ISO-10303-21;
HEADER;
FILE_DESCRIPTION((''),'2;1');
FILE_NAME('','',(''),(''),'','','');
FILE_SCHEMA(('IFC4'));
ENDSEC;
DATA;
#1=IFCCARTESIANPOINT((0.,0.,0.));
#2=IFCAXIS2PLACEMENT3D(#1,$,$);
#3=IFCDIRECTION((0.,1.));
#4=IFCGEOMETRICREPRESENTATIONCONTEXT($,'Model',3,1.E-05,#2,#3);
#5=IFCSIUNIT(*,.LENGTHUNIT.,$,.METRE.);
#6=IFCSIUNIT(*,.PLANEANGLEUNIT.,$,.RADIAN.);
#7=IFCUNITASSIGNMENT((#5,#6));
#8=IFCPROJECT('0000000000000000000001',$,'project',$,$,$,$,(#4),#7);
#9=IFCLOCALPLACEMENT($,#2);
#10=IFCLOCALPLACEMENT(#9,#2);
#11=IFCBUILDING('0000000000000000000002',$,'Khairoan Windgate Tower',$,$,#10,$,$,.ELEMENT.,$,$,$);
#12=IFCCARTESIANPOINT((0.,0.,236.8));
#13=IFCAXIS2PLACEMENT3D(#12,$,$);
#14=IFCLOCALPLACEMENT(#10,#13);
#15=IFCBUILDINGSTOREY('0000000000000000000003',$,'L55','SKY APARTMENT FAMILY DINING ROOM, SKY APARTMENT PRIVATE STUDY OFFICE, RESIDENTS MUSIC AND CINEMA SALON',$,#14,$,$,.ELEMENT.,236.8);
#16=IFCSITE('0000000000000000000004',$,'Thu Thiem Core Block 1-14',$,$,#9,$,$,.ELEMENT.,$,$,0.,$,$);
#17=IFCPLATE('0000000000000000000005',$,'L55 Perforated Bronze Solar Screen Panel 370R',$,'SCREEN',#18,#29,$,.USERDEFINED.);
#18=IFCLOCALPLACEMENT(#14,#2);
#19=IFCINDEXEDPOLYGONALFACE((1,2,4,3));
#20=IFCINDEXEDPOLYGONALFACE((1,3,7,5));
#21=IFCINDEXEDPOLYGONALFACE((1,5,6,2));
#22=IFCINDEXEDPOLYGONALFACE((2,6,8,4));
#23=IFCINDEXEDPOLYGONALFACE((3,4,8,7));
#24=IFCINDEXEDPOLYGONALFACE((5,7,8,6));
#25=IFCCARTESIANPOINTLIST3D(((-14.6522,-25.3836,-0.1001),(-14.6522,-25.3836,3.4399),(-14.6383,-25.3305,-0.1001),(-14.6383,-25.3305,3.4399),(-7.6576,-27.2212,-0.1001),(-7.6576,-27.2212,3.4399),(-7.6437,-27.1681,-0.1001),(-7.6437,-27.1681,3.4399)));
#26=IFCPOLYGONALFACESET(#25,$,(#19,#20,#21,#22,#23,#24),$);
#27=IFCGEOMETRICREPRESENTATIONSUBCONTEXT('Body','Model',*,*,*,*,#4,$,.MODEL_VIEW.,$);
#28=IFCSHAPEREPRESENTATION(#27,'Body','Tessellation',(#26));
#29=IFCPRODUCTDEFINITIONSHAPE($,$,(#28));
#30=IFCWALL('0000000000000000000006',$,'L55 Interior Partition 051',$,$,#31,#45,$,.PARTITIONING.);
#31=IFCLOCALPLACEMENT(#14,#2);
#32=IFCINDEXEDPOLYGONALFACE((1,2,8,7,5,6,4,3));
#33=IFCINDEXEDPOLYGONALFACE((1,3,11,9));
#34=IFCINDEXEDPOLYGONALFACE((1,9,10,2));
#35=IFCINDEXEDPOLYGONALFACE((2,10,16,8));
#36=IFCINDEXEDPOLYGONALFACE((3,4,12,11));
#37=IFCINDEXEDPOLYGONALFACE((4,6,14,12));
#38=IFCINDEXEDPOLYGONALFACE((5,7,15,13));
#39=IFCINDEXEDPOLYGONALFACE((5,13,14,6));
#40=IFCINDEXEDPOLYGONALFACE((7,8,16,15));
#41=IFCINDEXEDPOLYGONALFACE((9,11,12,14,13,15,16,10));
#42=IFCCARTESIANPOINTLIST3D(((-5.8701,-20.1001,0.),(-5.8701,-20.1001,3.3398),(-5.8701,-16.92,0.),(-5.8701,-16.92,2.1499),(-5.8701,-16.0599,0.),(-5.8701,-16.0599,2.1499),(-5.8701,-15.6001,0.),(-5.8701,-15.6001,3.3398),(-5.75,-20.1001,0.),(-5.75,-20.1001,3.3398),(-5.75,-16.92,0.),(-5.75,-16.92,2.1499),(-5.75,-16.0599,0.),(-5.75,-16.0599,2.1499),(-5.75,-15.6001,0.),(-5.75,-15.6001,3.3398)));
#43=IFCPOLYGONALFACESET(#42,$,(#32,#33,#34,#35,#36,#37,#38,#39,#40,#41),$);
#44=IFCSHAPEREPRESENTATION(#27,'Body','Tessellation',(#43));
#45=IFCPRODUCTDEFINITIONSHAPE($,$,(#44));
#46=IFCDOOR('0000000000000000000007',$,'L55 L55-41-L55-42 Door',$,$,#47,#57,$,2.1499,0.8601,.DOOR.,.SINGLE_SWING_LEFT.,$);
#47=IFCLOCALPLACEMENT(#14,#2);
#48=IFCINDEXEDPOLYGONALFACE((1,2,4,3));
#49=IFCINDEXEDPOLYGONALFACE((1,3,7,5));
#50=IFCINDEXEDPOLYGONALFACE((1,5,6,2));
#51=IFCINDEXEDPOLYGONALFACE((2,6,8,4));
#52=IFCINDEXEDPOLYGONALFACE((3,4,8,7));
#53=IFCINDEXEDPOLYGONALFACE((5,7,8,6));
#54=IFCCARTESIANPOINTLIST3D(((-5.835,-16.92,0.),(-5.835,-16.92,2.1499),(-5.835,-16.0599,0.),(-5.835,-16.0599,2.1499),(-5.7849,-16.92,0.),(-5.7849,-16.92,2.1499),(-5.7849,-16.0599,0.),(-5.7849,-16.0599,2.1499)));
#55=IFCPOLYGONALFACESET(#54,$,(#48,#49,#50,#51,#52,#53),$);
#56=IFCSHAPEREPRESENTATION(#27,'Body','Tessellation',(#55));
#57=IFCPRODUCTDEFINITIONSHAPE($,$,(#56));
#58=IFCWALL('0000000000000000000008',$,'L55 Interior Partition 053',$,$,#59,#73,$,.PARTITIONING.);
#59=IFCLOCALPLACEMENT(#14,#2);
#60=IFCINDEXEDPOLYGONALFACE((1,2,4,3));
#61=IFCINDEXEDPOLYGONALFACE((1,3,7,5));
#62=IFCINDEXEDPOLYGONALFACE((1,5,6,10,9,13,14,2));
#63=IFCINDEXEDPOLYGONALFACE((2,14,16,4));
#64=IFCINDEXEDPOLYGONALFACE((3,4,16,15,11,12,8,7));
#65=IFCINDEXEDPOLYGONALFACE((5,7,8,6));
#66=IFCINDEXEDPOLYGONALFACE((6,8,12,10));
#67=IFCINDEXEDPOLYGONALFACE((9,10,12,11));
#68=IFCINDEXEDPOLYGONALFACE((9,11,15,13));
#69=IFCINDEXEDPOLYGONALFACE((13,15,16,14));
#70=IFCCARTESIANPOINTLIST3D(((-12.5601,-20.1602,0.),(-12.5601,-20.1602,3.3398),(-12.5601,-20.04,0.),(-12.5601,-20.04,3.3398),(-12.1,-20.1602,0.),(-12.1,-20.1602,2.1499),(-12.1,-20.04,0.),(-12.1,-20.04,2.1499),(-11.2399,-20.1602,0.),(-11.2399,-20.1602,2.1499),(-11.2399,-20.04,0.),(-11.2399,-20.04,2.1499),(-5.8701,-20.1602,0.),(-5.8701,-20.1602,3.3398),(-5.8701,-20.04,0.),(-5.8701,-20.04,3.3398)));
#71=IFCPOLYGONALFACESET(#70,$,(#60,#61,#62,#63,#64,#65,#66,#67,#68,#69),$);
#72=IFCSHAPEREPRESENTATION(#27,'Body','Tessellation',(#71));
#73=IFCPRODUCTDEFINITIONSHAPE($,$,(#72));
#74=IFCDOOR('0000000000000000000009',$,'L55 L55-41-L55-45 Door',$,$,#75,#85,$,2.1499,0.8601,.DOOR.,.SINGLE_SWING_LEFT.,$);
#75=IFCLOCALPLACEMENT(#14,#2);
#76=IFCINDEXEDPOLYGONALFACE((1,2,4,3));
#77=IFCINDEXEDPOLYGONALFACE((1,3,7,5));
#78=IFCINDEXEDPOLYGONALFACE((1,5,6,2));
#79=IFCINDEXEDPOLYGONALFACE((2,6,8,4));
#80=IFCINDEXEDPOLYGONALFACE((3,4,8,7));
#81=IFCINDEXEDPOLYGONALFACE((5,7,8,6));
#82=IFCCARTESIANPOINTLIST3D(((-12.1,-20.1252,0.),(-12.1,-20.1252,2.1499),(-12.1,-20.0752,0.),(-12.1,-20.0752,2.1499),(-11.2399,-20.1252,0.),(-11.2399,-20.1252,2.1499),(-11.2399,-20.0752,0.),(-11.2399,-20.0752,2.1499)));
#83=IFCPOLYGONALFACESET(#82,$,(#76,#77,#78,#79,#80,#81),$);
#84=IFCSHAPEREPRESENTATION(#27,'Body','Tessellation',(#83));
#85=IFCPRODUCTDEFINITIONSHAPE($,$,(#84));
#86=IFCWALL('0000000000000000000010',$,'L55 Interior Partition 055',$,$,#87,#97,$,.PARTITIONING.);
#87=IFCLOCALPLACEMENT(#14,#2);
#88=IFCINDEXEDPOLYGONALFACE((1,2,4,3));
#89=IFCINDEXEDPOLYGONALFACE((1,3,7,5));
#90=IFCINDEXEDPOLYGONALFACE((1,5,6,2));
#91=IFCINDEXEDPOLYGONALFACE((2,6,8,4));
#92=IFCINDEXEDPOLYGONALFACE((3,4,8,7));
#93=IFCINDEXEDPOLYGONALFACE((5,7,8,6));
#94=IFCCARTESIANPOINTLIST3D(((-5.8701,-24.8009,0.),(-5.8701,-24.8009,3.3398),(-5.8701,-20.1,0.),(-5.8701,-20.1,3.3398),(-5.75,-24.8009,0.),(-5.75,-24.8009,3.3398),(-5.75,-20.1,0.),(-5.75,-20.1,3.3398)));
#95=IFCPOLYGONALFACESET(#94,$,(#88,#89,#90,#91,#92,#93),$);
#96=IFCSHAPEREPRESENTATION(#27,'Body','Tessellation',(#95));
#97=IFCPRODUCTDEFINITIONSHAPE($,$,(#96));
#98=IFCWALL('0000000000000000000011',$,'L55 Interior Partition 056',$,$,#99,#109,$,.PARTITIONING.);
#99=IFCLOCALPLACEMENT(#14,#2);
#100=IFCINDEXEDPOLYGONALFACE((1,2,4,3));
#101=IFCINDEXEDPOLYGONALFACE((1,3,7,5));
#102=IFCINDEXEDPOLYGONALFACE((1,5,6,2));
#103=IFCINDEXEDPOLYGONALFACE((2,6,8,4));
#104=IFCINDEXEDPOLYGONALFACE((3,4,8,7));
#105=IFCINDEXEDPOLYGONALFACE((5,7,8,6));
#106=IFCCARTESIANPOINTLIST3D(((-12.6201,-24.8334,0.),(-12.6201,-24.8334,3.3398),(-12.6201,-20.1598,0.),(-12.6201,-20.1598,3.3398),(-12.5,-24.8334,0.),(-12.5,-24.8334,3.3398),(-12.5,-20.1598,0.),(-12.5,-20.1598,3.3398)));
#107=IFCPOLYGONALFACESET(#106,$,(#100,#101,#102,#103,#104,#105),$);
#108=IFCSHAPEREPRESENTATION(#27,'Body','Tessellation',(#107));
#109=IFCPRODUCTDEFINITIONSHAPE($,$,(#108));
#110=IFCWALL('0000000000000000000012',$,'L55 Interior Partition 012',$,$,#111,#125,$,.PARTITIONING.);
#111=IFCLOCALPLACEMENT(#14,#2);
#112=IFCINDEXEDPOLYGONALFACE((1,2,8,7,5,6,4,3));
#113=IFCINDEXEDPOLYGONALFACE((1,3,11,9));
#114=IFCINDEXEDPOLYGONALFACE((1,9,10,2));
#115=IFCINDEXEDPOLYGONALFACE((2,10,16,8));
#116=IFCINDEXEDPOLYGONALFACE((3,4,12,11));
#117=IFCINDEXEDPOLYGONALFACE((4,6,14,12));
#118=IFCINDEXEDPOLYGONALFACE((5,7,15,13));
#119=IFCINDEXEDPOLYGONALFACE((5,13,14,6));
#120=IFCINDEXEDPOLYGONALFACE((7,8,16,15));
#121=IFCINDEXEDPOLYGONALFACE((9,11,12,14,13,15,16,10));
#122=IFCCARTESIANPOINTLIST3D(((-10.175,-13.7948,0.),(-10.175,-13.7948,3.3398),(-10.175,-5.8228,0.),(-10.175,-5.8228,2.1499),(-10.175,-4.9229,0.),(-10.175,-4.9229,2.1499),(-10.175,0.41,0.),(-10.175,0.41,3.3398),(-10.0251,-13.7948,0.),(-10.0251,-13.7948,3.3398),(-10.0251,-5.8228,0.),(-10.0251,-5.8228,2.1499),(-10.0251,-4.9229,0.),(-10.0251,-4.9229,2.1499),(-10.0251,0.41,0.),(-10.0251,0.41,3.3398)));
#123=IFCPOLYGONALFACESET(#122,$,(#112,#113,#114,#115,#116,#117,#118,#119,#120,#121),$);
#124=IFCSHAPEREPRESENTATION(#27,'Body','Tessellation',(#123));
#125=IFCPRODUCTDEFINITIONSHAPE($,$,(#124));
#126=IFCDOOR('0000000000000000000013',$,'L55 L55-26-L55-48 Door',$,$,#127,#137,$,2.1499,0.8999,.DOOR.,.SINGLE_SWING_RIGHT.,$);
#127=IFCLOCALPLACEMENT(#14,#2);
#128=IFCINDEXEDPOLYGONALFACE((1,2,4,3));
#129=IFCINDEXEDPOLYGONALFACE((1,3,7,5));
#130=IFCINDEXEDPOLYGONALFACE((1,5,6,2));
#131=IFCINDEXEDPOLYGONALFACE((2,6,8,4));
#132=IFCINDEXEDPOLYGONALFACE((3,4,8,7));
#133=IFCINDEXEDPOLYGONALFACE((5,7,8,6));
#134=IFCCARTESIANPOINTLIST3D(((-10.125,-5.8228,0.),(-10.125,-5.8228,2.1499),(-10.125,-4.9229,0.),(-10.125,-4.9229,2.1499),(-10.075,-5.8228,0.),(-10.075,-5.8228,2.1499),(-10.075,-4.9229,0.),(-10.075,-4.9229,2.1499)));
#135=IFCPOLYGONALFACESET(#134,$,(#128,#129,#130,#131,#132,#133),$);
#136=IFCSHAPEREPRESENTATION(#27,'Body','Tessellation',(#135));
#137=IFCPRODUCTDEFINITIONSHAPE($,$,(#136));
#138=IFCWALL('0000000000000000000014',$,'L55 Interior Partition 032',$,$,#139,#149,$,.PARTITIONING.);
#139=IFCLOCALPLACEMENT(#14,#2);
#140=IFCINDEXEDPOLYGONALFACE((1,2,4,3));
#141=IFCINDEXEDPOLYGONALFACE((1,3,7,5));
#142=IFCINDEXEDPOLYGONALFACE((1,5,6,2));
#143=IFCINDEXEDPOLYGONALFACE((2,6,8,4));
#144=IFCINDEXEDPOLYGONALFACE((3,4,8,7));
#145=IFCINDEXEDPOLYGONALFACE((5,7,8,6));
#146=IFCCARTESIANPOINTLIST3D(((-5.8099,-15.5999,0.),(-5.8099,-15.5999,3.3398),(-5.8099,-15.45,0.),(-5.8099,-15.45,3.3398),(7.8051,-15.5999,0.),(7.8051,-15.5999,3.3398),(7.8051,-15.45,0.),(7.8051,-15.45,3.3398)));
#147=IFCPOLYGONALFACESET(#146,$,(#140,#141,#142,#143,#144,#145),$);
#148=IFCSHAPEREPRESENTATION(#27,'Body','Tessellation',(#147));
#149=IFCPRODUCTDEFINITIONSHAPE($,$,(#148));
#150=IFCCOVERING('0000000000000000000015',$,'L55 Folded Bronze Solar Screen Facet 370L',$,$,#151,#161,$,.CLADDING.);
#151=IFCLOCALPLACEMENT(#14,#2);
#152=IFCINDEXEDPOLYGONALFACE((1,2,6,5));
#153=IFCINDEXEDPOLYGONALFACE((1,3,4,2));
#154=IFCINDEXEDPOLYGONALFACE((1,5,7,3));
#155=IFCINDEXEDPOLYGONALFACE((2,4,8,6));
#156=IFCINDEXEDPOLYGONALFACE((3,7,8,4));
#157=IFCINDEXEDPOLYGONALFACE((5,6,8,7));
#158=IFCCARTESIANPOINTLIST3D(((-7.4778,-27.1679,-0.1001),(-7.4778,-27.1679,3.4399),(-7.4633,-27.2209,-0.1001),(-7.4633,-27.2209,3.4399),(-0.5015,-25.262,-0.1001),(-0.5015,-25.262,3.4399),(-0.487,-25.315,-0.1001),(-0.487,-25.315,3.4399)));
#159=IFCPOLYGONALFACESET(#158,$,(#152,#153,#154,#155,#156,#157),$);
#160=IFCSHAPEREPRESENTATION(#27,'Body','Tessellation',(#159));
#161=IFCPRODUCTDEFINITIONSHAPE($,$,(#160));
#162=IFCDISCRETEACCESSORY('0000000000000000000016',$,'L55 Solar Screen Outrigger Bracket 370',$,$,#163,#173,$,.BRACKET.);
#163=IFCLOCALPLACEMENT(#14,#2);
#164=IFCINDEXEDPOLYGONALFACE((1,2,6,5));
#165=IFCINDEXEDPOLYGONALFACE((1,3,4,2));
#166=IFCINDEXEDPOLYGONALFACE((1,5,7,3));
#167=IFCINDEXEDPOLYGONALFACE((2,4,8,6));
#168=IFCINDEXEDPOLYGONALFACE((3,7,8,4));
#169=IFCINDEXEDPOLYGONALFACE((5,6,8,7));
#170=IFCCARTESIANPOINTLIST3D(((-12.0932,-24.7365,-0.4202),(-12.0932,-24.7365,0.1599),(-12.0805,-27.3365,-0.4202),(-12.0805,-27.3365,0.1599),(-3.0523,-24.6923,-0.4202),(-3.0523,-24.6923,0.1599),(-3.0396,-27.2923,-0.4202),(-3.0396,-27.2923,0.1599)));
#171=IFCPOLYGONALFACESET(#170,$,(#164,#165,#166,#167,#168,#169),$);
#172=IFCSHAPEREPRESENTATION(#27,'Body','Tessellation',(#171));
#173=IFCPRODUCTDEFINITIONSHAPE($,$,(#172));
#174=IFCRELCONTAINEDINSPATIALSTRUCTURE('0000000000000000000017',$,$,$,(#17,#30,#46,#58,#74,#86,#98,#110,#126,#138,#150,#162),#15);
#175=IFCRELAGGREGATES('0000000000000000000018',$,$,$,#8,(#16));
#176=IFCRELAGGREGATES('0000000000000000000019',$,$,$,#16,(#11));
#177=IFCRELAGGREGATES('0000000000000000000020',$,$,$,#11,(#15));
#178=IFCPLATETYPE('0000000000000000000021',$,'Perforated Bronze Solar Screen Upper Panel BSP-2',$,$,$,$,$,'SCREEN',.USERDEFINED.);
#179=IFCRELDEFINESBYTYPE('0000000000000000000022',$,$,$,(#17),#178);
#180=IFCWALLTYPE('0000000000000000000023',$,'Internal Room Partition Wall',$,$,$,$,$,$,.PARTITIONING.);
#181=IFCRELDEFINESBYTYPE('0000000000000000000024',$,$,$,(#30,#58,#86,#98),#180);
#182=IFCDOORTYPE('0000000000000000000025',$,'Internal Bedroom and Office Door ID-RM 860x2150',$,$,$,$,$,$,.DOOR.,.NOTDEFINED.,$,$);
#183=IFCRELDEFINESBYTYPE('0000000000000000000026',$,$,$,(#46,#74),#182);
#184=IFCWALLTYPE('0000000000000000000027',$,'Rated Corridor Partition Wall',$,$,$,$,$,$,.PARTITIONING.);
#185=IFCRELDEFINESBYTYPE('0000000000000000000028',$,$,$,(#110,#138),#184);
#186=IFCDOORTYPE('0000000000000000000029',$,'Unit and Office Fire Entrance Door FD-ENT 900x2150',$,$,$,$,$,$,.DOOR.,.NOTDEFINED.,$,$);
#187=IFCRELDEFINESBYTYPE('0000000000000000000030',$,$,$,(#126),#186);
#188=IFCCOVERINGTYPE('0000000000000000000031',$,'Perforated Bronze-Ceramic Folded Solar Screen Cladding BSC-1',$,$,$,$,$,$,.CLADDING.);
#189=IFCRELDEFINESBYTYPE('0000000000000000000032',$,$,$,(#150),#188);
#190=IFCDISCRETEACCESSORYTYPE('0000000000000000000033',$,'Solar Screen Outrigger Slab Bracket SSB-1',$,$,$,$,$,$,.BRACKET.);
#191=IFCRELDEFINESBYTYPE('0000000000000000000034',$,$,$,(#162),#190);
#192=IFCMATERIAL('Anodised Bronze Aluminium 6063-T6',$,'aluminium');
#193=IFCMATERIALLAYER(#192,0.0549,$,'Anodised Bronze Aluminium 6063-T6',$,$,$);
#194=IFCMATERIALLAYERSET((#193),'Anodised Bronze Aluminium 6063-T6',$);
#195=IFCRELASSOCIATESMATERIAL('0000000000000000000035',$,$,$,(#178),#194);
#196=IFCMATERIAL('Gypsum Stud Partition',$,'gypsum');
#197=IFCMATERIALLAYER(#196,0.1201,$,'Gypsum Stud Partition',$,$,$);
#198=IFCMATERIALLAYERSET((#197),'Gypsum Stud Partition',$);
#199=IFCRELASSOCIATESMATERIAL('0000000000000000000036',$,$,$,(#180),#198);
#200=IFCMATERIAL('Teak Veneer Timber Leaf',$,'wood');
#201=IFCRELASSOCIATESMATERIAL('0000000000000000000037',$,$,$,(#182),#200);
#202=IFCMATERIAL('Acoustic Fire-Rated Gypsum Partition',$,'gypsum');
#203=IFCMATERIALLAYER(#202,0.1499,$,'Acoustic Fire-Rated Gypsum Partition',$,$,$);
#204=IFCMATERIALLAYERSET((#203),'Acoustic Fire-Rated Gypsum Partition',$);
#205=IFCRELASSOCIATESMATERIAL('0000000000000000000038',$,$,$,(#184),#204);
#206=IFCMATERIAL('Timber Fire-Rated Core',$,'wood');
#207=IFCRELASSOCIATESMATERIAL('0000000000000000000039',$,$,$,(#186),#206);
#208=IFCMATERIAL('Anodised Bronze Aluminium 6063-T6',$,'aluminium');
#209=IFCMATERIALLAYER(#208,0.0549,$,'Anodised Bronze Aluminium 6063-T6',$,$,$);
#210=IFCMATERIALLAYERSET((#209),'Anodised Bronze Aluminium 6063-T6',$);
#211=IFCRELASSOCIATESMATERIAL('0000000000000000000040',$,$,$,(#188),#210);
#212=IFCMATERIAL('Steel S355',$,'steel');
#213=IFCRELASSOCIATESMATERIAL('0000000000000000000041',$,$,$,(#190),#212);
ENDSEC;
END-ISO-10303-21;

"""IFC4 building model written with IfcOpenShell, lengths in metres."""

from ifc_helpers import new_model, si_unit, direction, frame, frame_2d, origin, origin_2d, place, context, subcontext, project, spatial, rectangle, extrude, material, layer, layer_set, type_object, element, fill, save


model = new_model("IFC4")

# Units and contexts
model_context = context("Model", 3, precision=1e-05, world=origin(), true_north=direction((0.0, 1.0)))
body_context = subcontext(model_context, "Body", "Model", "MODEL_VIEW")
ifc_project = project(units=[si_unit("LENGTHUNIT", "METRE"), si_unit("PLANEANGLEUNIT", "RADIAN")], contexts=[model_context])

# Site, building, storey
site_placement = place(None, origin())
site = spatial("IfcSite", under=ifc_project, at=site_placement, Name="Thu Thiem Core Block 1-14", CompositionType="ELEMENT", RefElevation=0.0)
building_placement = place(site_placement, origin())
building = spatial("IfcBuilding", under=site, at=building_placement, Name="Khairoan Windgate Tower", CompositionType="ELEMENT")
storey_placement = place(building_placement, frame((0.0, 0.0, 236.8)))
storey = spatial("IfcBuildingStorey", under=building, at=storey_placement, Name="L55", Description="SKY APARTMENT FAMILY DINING ROOM, SKY APARTMENT PRIVATE STUDY OFFICE, RESIDENTS MUSIC AND CINEMA SALON", CompositionType="ELEMENT", Elevation=236.8)

# Plate
ifc_material_1 = material(Name="Anodised Bronze Aluminium 6063-T6", Category="aluminium")
ifc_layer_1 = layer(ifc_material_1, 0.0549, Name="Anodised Bronze Aluminium 6063-T6")
ifc_layer_set_1 = layer_set([ifc_layer_1], Name="Anodised Bronze Aluminium 6063-T6")
plate_type = type_object("IfcPlateType", Name="Perforated Bronze Solar Screen Upper Panel BSP-2", ElementType="SCREEN", PredefinedType="USERDEFINED", material=ifc_layer_set_1)
plate_placement = place(storey_placement, frame((-11.1479, -26.2759, -0.1001), z_axis=(0.0, 0.0, 1.0), x_axis=(-0.967179, 0.254096, 0.0)))
element("IfcPlate", 1, at=plate_placement, inside=storey, type_object=plate_type, Name="L55 Perforated Bronze Solar Screen Panel 370R", ObjectType="SCREEN", PredefinedType="USERDEFINED", context=body_context, shape_type="SweptSolid", body=[
    extrude(rectangle(XDim=7.2319, YDim=0.0549, at=origin_2d()), origin(), (0.0, 0.0, 1.0), 3.54),
])

# Walls, openings, doors
ifc_material_2 = material(Name="Gypsum Stud Partition", Category="gypsum")
ifc_layer_2 = layer(ifc_material_2, 0.1201, Name="Gypsum Stud Partition")
ifc_layer_set_2 = layer_set([ifc_layer_2], Name="Gypsum Stud Partition")
wall_type_1 = type_object("IfcWallType", Name="Internal Room Partition Wall", PredefinedType="PARTITIONING", material=ifc_layer_set_2)
wall_1_placement = place(storey_placement, frame((-5.8101, -20.1001, 0.0), z_axis=(0.0, 0.0, 1.0), x_axis=(0.0, 1.0, 0.0)))
wall_1 = element("IfcWall", 2, at=wall_1_placement, inside=storey, type_object=wall_type_1, Name="L55 Interior Partition 051", PredefinedType="PARTITIONING", context=body_context, shape_type="SweptSolid", body=[
    extrude(rectangle(XDim=4.5, YDim=0.1201, at=frame_2d((2.25, 0.0))), origin(), (0.0, 0.0, 1.0), 3.3398),
])
opening_1_placement = place(wall_1_placement, frame((3.1799, 0.0, 0.0)))
opening_1 = element("IfcOpeningElement", 3, at=opening_1_placement, cuts=wall_1, PredefinedType="OPENING", context=body_context, shape_type="SweptSolid", body=[
    extrude(rectangle(XDim=0.8601, YDim=2.1499, at=frame_2d((0.4302, 1.075))), frame((0.0, 0.0701, 0.0), z_axis=(0.0, -1.0, 0.0), x_axis=(1.0, 0.0, 0.0)), (0.0, 0.0, 1.0), 0.1401),
])
ifc_material_3 = material(Name="Teak Veneer Timber Leaf", Category="wood")
door_type_1 = type_object("IfcDoorType", Name="Internal Bedroom and Office Door ID-RM 860x2150", OperationType="NOTDEFINED", PredefinedType="DOOR", material=ifc_material_3)
door_1_placement = place(opening_1_placement, origin())
door_1 = element("IfcDoor", 4, at=door_1_placement, inside=storey, type_object=door_type_1, Name="L55 L55-41-L55-42 Door", OperationType="SINGLE_SWING_LEFT", OverallHeight=2.1499, OverallWidth=0.8601, PredefinedType="DOOR", context=body_context, shape_type="SweptSolid", body=[
    extrude(rectangle(XDim=0.8601, YDim=2.1499, at=frame_2d((0.4302, 1.075))), frame((0.0, 0.0249, 0.0), z_axis=(0.0, -1.0, 0.0), x_axis=(1.0, 0.0, 0.0)), (0.0, 0.0, 1.0), 0.05),
])
fill(opening_1, door_1)
wall_2_placement = place(storey_placement, frame((-12.5601, -20.1001, 0.0), z_axis=(0.0, 0.0, 1.0), x_axis=(1.0, 0.0, 0.0)))
wall_2 = element("IfcWall", 5, at=wall_2_placement, inside=storey, type_object=wall_type_1, Name="L55 Interior Partition 053", PredefinedType="PARTITIONING", context=body_context, shape_type="SweptSolid", body=[
    extrude(rectangle(XDim=6.6899, YDim=0.1201, at=frame_2d((3.345, 0.0))), origin(), (0.0, 0.0, 1.0), 3.3398),
])
opening_2_placement = place(wall_2_placement, frame((0.46, 0.0, 0.0)))
opening_2 = element("IfcOpeningElement", 6, at=opening_2_placement, cuts=wall_2, PredefinedType="OPENING", context=body_context, shape_type="SweptSolid", body=[
    extrude(rectangle(XDim=0.8601, YDim=2.1499, at=frame_2d((0.4302, 1.075))), frame((0.0, 0.0701, 0.0), z_axis=(0.0, -1.0, 0.0), x_axis=(1.0, 0.0, 0.0)), (0.0, 0.0, 1.0), 0.1401),
])
door_2_placement = place(opening_2_placement, origin())
door_2 = element("IfcDoor", 7, at=door_2_placement, inside=storey, type_object=door_type_1, Name="L55 L55-41-L55-45 Door", OperationType="SINGLE_SWING_LEFT", OverallHeight=2.1499, OverallWidth=0.8601, PredefinedType="DOOR", context=body_context, shape_type="SweptSolid", body=[
    extrude(rectangle(XDim=0.8601, YDim=2.1499, at=frame_2d((0.4302, 1.075))), frame((0.0, 0.0249, 0.0), z_axis=(0.0, -1.0, 0.0), x_axis=(1.0, 0.0, 0.0)), (0.0, 0.0, 1.0), 0.05),
])
fill(opening_2, door_2)

# Walls
wall_3_placement = place(storey_placement, frame((-5.8101, -24.801, 0.0), z_axis=(0.0, 0.0, 1.0), x_axis=(0.0, 1.0, 0.0)))
element("IfcWall", 8, at=wall_3_placement, inside=storey, type_object=wall_type_1, Name="L55 Interior Partition 055", PredefinedType="PARTITIONING", context=body_context, shape_type="SweptSolid", body=[
    extrude(rectangle(XDim=4.7009, YDim=0.1201, at=frame_2d((2.3506, 0.0))), origin(), (0.0, 0.0, 1.0), 3.3398),
])
wall_4_placement = place(storey_placement, frame((-12.5601, -24.8335, 0.0), z_axis=(0.0, 0.0, 1.0), x_axis=(0.0, 1.0, 0.0)))
element("IfcWall", 9, at=wall_4_placement, inside=storey, type_object=wall_type_1, Name="L55 Interior Partition 056", PredefinedType="PARTITIONING", context=body_context, shape_type="SweptSolid", body=[
    extrude(rectangle(XDim=4.6736, YDim=0.1201, at=frame_2d((2.3369, 0.0))), origin(), (0.0, 0.0, 1.0), 3.3398),
])

# Wall, opening, door
ifc_material_4 = material(Name="Acoustic Fire-Rated Gypsum Partition", Category="gypsum")
ifc_layer_3 = layer(ifc_material_4, 0.1499, Name="Acoustic Fire-Rated Gypsum Partition")
ifc_layer_set_3 = layer_set([ifc_layer_3], Name="Acoustic Fire-Rated Gypsum Partition")
wall_type_2 = type_object("IfcWallType", Name="Rated Corridor Partition Wall", PredefinedType="PARTITIONING", material=ifc_layer_set_3)
wall_5_placement = place(storey_placement, frame((-10.1001, -13.7949, 0.0), z_axis=(0.0, 0.0, 1.0), x_axis=(0.0, 1.0, 0.0)))
wall_5 = element("IfcWall", 10, at=wall_5_placement, inside=storey, type_object=wall_type_2, Name="L55 Interior Partition 012", PredefinedType="PARTITIONING", context=body_context, shape_type="SweptSolid", body=[
    extrude(rectangle(XDim=14.2048, YDim=0.1499, at=frame_2d((7.1025, 0.0))), origin(), (0.0, 0.0, 1.0), 3.3398),
])
opening_3_placement = place(wall_5_placement, frame((7.9722, 0.0, 0.0)))
opening_3 = element("IfcOpeningElement", 11, at=opening_3_placement, cuts=wall_5, PredefinedType="OPENING", context=body_context, shape_type="SweptSolid", body=[
    extrude(rectangle(XDim=0.8999, YDim=2.1499, at=frame_2d((0.45, 1.075))), frame((0.0, 0.085, 0.0), z_axis=(0.0, -1.0, 0.0), x_axis=(1.0, 0.0, 0.0)), (0.0, 0.0, 1.0), 0.1699),
])
ifc_material_5 = material(Name="Timber Fire-Rated Core", Category="wood")
door_type_2 = type_object("IfcDoorType", Name="Unit and Office Fire Entrance Door FD-ENT 900x2150", OperationType="NOTDEFINED", PredefinedType="DOOR", material=ifc_material_5)
door_3_placement = place(opening_3_placement, origin())
door_3 = element("IfcDoor", 12, at=door_3_placement, inside=storey, type_object=door_type_2, Name="L55 L55-26-L55-48 Door", OperationType="SINGLE_SWING_RIGHT", OverallHeight=2.1499, OverallWidth=0.8999, PredefinedType="DOOR", context=body_context, shape_type="SweptSolid", body=[
    extrude(rectangle(XDim=0.8999, YDim=2.1499, at=frame_2d((0.45, 1.075))), frame((0.0, 0.0249, 0.0), z_axis=(0.0, -1.0, 0.0), x_axis=(1.0, 0.0, 0.0)), (0.0, 0.0, 1.0), 0.05),
])
fill(opening_3, door_3)

# Wall
wall_6_placement = place(storey_placement, frame((-5.8101, -15.5249, 0.0), z_axis=(0.0, 0.0, 1.0), x_axis=(1.0, 0.0, 0.0)))
element("IfcWall", 13, at=wall_6_placement, inside=storey, type_object=wall_type_2, Name="L55 Interior Partition 032", PredefinedType="PARTITIONING", context=body_context, shape_type="SweptSolid", body=[
    extrude(rectangle(XDim=13.615, YDim=0.1499, at=frame_2d((6.8076, 0.0))), origin(), (0.0, 0.0, 1.0), 3.3398),
])

# Covering
ifc_material_6 = material(Name="Anodised Bronze Aluminium 6063-T6", Category="aluminium")
ifc_layer_4 = layer(ifc_material_6, 0.0549, Name="Anodised Bronze Aluminium 6063-T6")
ifc_layer_set_4 = layer_set([ifc_layer_4], Name="Anodised Bronze Aluminium 6063-T6")
covering_type = type_object("IfcCoveringType", Name="Perforated Bronze-Ceramic Folded Solar Screen Cladding BSC-1", PredefinedType="CLADDING", material=ifc_layer_set_4)
covering_placement = place(storey_placement, frame((-3.9824, -26.2415, -0.1001), z_axis=(0.0, 0.0, 1.0), x_axis=(-0.964649, -0.263536, 0.0)))
element("IfcCovering", 14, at=covering_placement, inside=storey, type_object=covering_type, Name="L55 Folded Bronze Solar Screen Facet 370L", PredefinedType="CLADDING", context=body_context, shape_type="SweptSolid", body=[
    extrude(rectangle(XDim=7.2319, YDim=0.0549, at=origin_2d()), origin(), (0.0, 0.0, 1.0), 3.54),
])

# Discrete accessory
ifc_material_7 = material(Name="Steel S355", Category="steel")
discrete_accessory_type = type_object("IfcDiscreteAccessoryType", Name="Solar Screen Outrigger Slab Bracket SSB-1", PredefinedType="BRACKET", material=ifc_material_7)
discrete_accessory_placement = place(storey_placement, frame((-7.5664, -26.0144, -0.4202), z_axis=(0.0, 0.0, 1.0), x_axis=(-0.999988, -0.004887, 0.0)))
element("IfcDiscreteAccessory", 15, at=discrete_accessory_placement, inside=storey, type_object=discrete_accessory_type, Name="L55 Solar Screen Outrigger Bracket 370", PredefinedType="BRACKET", context=body_context, shape_type="SweptSolid", body=[
    extrude(rectangle(XDim=9.041, YDim=2.6001, at=origin_2d()), origin(), (0.0, 0.0, 1.0), 0.5801),
])

save(model, "model.ifc")
